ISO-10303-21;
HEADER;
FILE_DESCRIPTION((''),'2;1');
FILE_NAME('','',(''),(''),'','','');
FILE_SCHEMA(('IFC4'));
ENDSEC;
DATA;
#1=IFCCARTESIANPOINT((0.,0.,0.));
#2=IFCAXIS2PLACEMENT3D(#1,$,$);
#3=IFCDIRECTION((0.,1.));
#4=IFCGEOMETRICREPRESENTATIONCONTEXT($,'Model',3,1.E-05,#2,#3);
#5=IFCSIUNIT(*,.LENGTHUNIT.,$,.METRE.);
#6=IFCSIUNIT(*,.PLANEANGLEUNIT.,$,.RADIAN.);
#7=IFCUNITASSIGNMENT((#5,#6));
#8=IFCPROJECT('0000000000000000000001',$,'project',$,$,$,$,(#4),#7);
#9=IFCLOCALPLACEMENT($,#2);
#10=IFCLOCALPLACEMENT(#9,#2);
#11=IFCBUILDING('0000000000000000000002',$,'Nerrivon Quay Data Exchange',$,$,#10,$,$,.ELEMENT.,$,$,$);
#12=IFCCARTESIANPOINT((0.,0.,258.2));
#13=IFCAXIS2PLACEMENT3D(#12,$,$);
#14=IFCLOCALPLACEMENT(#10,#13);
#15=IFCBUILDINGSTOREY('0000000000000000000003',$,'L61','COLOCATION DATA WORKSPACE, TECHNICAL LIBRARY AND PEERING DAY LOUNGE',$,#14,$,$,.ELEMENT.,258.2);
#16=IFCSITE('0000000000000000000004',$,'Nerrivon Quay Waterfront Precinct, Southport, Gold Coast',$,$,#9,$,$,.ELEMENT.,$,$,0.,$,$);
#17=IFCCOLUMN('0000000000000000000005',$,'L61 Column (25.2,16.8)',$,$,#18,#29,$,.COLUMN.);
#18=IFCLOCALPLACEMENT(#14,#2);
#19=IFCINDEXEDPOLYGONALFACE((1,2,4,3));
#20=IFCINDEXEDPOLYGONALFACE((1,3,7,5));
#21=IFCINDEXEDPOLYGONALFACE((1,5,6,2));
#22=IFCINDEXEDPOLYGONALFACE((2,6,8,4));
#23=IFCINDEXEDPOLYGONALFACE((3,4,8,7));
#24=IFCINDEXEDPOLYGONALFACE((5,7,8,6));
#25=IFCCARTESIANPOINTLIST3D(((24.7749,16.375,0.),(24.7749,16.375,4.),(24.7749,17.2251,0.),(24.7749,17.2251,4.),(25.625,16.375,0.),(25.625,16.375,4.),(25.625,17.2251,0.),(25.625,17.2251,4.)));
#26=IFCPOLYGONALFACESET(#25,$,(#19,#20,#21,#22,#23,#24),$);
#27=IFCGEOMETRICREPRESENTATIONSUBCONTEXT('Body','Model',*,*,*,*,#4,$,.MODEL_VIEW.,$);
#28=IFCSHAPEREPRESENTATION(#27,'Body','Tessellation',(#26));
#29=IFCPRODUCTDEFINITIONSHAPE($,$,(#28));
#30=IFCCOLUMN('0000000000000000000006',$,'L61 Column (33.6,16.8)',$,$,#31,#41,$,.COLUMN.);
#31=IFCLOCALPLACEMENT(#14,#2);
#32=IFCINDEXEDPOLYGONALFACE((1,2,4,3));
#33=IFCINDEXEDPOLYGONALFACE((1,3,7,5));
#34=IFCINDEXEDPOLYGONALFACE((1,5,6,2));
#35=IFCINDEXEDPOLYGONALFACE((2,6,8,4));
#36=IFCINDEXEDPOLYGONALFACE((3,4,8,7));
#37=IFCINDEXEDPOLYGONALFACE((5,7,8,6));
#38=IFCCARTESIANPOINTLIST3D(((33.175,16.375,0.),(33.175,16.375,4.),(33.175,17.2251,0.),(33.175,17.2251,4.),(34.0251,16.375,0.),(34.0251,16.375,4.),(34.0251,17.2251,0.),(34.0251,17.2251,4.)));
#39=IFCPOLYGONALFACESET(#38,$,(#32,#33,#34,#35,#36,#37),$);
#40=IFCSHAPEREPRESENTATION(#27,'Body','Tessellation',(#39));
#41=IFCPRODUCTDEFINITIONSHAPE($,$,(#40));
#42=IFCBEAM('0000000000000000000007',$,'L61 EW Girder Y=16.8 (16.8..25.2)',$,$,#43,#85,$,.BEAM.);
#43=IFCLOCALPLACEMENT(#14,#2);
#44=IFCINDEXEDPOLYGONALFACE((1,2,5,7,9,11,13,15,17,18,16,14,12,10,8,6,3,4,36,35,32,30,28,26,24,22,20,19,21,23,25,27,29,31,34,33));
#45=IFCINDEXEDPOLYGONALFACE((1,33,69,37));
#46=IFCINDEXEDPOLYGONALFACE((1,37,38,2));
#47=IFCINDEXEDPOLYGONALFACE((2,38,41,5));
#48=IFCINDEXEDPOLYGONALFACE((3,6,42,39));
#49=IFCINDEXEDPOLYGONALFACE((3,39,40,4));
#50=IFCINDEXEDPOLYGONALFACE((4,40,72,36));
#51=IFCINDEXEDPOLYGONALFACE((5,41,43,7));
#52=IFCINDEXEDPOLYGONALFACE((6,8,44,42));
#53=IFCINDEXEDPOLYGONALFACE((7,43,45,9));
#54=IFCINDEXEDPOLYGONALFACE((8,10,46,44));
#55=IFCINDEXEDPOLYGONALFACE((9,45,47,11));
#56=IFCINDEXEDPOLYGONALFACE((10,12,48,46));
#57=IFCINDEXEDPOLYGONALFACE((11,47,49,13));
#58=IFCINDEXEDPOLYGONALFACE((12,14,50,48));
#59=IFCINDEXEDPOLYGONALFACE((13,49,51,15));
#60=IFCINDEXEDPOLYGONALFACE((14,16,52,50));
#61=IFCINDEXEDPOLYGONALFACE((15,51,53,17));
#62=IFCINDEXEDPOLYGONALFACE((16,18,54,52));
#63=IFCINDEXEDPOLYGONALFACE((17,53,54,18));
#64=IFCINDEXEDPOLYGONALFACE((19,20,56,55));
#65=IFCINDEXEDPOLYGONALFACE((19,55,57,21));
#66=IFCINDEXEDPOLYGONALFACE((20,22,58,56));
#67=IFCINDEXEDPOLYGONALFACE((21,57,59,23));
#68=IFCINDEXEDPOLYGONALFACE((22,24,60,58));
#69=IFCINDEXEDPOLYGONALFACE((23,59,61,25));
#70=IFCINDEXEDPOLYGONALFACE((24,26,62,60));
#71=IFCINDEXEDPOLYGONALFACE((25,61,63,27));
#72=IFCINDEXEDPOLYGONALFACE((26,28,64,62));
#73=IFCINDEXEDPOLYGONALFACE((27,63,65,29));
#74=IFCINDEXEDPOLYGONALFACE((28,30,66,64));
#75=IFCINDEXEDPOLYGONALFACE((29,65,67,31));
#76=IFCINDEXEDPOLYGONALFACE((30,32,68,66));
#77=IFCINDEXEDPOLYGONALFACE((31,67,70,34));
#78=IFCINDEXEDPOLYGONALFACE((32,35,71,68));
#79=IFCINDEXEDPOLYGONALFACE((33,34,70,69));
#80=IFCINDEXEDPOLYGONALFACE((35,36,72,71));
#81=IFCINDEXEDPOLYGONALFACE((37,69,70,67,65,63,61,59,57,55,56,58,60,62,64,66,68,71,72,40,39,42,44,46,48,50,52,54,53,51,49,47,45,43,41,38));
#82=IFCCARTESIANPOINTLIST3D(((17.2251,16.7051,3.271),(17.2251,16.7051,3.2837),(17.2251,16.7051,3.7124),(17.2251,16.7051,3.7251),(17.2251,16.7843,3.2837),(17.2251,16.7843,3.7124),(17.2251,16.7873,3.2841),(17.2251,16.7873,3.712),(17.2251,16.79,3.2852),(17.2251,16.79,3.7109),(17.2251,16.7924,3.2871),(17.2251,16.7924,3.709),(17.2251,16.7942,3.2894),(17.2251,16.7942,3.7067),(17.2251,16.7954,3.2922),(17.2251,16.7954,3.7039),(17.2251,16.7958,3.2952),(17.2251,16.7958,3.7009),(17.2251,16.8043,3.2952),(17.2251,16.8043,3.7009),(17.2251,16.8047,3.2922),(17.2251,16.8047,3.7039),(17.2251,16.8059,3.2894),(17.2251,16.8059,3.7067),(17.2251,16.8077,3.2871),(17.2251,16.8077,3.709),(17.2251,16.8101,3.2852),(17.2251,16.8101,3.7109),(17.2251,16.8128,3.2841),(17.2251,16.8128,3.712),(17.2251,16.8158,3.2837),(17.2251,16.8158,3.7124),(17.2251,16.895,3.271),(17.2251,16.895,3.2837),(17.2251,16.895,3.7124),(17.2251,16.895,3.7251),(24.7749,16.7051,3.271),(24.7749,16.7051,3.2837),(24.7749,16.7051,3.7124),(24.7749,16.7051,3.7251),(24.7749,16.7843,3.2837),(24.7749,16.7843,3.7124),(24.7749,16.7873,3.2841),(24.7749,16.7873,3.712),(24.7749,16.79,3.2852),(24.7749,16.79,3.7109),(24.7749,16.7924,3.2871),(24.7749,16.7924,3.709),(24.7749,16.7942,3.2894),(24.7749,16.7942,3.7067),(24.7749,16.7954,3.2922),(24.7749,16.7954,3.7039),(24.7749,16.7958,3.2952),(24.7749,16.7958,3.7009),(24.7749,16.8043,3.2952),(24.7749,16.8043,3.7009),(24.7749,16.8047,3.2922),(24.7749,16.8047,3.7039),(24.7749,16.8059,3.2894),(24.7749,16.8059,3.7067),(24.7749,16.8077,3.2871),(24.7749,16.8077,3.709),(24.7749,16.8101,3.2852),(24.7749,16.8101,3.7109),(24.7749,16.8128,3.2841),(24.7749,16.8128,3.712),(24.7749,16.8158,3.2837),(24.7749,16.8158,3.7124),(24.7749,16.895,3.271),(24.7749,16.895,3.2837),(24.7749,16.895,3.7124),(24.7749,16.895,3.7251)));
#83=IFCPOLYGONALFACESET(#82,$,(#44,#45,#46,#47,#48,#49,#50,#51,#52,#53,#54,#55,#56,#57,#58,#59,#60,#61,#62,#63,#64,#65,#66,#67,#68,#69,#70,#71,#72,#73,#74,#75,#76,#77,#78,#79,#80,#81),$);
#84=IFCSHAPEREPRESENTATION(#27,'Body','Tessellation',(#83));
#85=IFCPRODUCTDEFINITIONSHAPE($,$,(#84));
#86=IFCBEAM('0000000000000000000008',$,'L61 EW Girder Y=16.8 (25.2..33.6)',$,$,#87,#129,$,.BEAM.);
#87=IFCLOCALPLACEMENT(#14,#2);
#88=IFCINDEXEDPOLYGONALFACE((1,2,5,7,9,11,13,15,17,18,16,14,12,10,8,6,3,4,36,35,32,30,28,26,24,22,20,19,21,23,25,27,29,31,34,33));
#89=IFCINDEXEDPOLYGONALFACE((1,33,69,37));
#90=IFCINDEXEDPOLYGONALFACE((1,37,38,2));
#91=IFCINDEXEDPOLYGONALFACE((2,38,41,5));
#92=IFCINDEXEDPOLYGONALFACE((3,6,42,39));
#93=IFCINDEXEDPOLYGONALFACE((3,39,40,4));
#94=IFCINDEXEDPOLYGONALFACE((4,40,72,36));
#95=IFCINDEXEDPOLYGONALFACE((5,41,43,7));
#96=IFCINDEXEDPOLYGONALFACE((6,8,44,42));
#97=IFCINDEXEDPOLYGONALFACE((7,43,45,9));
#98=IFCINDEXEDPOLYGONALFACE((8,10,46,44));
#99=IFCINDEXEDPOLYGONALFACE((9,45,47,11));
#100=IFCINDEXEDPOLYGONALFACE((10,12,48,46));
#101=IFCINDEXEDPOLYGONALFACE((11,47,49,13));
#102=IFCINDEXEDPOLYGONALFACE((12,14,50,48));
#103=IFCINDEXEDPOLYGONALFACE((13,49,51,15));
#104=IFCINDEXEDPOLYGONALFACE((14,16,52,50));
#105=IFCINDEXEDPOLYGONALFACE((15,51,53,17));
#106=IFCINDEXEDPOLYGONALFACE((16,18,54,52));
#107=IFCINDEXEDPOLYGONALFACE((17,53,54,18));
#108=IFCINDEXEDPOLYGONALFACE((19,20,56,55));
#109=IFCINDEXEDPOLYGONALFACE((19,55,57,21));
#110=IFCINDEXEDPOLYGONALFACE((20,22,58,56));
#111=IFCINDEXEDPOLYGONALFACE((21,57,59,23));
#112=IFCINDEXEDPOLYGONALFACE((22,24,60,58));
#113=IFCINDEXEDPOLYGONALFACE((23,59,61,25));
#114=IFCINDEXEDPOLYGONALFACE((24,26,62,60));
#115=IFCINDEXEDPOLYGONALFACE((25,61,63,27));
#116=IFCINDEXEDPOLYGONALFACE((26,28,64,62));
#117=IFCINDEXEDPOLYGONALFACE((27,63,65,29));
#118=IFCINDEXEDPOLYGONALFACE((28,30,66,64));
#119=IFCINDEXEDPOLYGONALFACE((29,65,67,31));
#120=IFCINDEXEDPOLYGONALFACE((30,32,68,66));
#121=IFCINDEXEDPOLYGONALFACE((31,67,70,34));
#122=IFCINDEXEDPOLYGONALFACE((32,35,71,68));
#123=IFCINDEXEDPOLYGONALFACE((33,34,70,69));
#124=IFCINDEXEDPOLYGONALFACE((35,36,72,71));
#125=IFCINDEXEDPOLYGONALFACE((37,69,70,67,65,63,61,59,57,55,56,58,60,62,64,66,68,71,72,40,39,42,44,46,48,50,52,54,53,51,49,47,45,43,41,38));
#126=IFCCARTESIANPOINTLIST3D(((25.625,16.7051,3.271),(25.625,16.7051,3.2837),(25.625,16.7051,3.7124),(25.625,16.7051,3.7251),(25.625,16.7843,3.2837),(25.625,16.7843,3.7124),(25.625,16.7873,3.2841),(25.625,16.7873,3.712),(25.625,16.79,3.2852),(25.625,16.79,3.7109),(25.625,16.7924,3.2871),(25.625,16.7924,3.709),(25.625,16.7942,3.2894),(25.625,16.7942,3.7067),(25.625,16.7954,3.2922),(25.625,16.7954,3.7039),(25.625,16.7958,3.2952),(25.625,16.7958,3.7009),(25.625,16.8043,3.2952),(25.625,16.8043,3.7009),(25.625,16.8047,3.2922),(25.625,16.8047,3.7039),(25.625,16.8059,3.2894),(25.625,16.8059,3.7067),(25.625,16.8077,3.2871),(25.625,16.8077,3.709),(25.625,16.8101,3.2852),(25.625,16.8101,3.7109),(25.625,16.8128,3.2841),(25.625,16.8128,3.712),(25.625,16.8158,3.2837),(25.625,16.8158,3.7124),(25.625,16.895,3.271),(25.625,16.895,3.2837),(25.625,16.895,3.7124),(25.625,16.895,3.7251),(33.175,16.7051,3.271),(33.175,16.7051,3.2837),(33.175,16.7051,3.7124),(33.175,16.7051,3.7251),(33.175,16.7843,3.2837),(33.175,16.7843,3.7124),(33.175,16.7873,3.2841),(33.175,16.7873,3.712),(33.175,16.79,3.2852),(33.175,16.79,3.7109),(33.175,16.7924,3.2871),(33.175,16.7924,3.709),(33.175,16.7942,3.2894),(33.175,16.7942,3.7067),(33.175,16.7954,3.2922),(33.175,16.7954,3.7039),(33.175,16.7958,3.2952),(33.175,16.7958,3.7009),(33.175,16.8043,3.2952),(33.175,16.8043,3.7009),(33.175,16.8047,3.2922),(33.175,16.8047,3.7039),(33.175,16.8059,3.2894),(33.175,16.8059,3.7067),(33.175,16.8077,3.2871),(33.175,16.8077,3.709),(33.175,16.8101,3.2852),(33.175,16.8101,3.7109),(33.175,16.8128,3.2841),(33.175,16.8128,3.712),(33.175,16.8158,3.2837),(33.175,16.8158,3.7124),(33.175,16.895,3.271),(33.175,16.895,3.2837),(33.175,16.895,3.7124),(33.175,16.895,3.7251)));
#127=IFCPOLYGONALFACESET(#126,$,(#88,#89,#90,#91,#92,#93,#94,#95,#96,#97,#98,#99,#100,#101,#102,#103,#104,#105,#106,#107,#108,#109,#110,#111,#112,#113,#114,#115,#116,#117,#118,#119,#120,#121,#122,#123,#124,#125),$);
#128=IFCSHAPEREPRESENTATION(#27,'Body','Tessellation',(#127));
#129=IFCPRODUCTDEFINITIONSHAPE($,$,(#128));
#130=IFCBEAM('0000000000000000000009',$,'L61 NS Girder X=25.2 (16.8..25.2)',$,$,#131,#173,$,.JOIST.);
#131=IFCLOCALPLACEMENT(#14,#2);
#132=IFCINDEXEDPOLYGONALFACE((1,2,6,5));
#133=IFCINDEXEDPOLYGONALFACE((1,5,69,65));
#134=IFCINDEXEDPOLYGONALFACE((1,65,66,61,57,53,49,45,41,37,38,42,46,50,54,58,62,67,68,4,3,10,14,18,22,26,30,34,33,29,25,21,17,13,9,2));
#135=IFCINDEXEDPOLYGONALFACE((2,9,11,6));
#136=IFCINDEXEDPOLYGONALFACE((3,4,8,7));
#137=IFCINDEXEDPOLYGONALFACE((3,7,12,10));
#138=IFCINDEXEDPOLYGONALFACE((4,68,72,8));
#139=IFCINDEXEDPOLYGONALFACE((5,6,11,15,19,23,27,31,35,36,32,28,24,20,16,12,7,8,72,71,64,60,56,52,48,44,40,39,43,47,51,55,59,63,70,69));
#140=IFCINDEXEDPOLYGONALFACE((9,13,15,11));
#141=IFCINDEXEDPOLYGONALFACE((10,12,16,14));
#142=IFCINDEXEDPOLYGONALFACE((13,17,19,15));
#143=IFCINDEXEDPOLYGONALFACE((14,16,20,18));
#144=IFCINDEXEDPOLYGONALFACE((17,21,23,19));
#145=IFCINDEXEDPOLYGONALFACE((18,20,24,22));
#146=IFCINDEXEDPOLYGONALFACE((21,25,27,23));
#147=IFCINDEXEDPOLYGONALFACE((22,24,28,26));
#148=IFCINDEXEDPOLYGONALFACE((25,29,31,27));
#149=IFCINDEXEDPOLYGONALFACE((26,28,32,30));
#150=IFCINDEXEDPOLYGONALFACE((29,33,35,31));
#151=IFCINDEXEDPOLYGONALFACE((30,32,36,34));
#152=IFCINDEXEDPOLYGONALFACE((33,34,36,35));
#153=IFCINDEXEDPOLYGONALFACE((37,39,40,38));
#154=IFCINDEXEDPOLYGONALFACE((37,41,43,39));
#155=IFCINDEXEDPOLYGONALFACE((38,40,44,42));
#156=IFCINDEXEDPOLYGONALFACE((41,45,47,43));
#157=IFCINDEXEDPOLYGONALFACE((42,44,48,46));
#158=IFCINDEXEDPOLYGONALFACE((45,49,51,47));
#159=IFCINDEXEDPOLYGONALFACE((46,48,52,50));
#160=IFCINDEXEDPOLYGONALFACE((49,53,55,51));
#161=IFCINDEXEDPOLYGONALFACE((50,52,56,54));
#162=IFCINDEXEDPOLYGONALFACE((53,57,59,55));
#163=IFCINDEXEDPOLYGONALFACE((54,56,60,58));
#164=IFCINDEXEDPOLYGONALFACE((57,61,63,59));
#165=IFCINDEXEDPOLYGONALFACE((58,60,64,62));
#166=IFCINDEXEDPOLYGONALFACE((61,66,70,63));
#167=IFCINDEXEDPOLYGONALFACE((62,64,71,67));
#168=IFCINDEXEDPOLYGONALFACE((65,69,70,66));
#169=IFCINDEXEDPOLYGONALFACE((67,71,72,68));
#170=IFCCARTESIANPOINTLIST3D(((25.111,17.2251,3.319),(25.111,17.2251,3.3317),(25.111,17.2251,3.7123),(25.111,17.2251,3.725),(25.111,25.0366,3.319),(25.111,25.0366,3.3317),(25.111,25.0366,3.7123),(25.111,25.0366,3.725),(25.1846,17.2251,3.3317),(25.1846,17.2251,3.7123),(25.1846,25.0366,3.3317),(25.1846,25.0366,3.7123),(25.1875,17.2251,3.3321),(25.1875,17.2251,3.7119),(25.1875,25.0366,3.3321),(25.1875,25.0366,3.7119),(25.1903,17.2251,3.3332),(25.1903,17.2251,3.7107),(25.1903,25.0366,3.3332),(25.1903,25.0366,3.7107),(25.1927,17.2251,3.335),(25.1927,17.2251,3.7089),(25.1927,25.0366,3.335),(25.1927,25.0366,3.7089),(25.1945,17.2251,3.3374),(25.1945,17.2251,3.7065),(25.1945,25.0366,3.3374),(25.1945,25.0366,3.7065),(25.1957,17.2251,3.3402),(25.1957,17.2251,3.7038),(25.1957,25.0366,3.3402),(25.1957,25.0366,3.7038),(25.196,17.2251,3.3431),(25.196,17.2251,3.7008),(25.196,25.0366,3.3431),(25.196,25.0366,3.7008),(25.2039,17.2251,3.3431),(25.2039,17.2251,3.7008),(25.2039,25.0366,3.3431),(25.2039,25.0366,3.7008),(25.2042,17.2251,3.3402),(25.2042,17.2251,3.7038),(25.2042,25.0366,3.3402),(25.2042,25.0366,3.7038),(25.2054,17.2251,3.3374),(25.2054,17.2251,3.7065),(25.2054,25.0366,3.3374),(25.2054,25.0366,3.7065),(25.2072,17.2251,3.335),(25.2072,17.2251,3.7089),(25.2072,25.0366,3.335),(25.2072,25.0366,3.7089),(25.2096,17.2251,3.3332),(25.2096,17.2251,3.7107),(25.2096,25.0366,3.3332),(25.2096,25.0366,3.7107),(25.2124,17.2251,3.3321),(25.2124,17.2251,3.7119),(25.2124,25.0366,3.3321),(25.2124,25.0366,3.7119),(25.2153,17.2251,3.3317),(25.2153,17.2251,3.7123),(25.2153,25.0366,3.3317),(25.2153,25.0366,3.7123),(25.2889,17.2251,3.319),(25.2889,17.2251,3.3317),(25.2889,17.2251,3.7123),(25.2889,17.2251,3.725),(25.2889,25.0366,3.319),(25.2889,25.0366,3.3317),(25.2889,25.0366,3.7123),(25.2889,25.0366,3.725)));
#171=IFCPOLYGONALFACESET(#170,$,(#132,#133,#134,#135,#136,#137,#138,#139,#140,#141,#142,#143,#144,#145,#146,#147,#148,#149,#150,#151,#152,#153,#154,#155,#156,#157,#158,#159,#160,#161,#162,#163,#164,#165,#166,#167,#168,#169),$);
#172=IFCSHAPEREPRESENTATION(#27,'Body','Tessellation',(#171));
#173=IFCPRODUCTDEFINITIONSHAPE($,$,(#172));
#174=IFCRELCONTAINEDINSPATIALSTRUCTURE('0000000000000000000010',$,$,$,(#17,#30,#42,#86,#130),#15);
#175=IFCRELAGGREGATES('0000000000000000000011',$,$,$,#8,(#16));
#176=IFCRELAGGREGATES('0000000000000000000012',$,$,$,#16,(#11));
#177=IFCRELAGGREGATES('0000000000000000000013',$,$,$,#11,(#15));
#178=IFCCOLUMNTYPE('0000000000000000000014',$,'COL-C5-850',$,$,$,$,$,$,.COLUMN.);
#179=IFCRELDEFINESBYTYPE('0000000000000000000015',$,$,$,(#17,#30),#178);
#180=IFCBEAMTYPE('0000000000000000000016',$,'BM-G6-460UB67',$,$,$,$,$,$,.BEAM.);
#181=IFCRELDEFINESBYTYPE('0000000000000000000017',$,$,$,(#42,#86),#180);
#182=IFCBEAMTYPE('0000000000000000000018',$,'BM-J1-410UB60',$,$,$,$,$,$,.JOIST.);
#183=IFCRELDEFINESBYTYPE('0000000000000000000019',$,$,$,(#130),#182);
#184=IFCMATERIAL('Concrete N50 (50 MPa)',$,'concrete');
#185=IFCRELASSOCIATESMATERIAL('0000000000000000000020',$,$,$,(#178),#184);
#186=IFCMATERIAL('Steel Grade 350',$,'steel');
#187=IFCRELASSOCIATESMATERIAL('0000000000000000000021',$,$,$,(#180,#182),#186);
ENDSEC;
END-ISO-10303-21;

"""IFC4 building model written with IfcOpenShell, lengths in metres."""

from ifc_helpers import new_model, si_unit, direction, frame, origin, origin_2d, place, context, subcontext, project, spatial, rectangle, i_section, extrude, material, material_profile, profile_set, type_object, element, save


model = new_model("IFC4")

# Units and contexts
model_context = context("Model", 3, precision=1e-05, world=origin(), true_north=direction((0.0, 1.0)))
body_context = subcontext(model_context, "Body", "Model", "MODEL_VIEW")
ifc_project = project(units=[si_unit("LENGTHUNIT", "METRE"), si_unit("PLANEANGLEUNIT", "RADIAN")], contexts=[model_context])

# Site, building, storey
site_placement = place(None, origin())
site = spatial("IfcSite", under=ifc_project, at=site_placement, Name="Nerrivon Quay Waterfront Precinct, Southport, Gold Coast", CompositionType="ELEMENT", RefElevation=0.0)
building_placement = place(site_placement, origin())
building = spatial("IfcBuilding", under=site, at=building_placement, Name="Nerrivon Quay Data Exchange", CompositionType="ELEMENT")
storey_placement = place(building_placement, frame((0.0, 0.0, 258.2)))
storey = spatial("IfcBuildingStorey", under=building, at=storey_placement, Name="L61", Description="COLOCATION DATA WORKSPACE, TECHNICAL LIBRARY AND PEERING DAY LOUNGE", CompositionType="ELEMENT", Elevation=258.2)

# Columns
ifc_material_1 = material(Name="Concrete N50 (50 MPa)", Category="concrete")
ifc_material_profile_1 = material_profile(ifc_material_1, rectangle(XDim=0.8501, YDim=0.8501, at=origin_2d()), Name="RC-COL-850x850")
ifc_profile_set_1 = profile_set([ifc_material_profile_1], Name="Concrete N50 (50 MPa)")
column_type = type_object("IfcColumnType", Name="COL-C5-850", PredefinedType="COLUMN", material=ifc_profile_set_1)
for number, where, z_axis, x_axis, name in (
    (1, (25.2, 16.8, 0.0), (0.0, 0.0, 1.0), (1.0, 0.0, 0.0), "L61 Column (25.2,16.8)"),
    (2, (33.6001, 16.8, 0.0), (0.0, 0.0, 1.0), (1.0, 0.0, 0.0), "L61 Column (33.6,16.8)"),
):
    element("IfcColumn", number, at=place(storey_placement, frame(where, z_axis=z_axis, x_axis=x_axis)), inside=storey, type_object=column_type, Name=name, PredefinedType="COLUMN", context=body_context, shape_type="SweptSolid", body=[
        extrude(rectangle(XDim=0.8501, YDim=0.8501, at=origin_2d()), origin(), (0.0, 0.0, 1.0), 4.0),
    ])

# Beams
ifc_material_2 = material(Name="Steel Grade 350", Category="steel")
ifc_material_profile_2 = material_profile(ifc_material_2, i_section(OverallWidth=0.1899, OverallDepth=0.4541, WebThickness=0.0085, FlangeThickness=0.0127, FilletRadius=0.0115, at=origin_2d()), Name="460UB67.1")
ifc_profile_set_2 = profile_set([ifc_material_profile_2], Name="Steel Grade 350")
beam_type_1 = type_object("IfcBeamType", Name="BM-G6-460UB67", PredefinedType="BEAM", material=ifc_profile_set_2)
beam_1_placement = place(storey_placement, frame((17.2251, 16.8, 3.498), z_axis=(1.0, 0.0, 0.0), x_axis=(0.0, 1.0, 0.0)))
element("IfcBeam", 3, at=beam_1_placement, inside=storey, type_object=beam_type_1, Name="L61 EW Girder Y=16.8 (16.8..25.2)", PredefinedType="BEAM", context=body_context, shape_type="SweptSolid", body=[
    extrude(i_section(OverallWidth=0.1899, OverallDepth=0.4541, WebThickness=0.0085, FlangeThickness=0.0127, FilletRadius=0.0115, at=origin_2d()), origin(), (0.0, 0.0, 1.0), 7.5498),
])
beam_2_placement = place(storey_placement, frame((25.625, 16.8, 3.498), z_axis=(1.0, 0.0, 0.0), x_axis=(0.0, 1.0, 0.0)))
element("IfcBeam", 4, at=beam_2_placement, inside=storey, type_object=beam_type_1, Name="L61 EW Girder Y=16.8 (25.2..33.6)", PredefinedType="BEAM", context=body_context, shape_type="SweptSolid", body=[
    extrude(i_section(OverallWidth=0.1899, OverallDepth=0.4541, WebThickness=0.0085, FlangeThickness=0.0127, FilletRadius=0.0115, at=origin_2d()), origin(), (0.0, 0.0, 1.0), 7.55),
])
ifc_material_profile_3 = material_profile(ifc_material_2, i_section(OverallWidth=0.178, OverallDepth=0.406, WebThickness=0.0078, FlangeThickness=0.0127, FilletRadius=0.0115, at=origin_2d()), Name="410UB59.7")
ifc_profile_set_3 = profile_set([ifc_material_profile_3], Name="Steel Grade 350")
beam_type_2 = type_object("IfcBeamType", Name="BM-J1-410UB60", PredefinedType="JOIST", material=ifc_profile_set_3)
beam_3_placement = place(storey_placement, frame((25.2, 17.2251, 3.522), z_axis=(0.0, 1.0, 0.0), x_axis=(-1.0, 0.0, 0.0)))
element("IfcBeam", 5, at=beam_3_placement, inside=storey, type_object=beam_type_2, Name="L61 NS Girder X=25.2 (16.8..25.2)", PredefinedType="JOIST", context=body_context, shape_type="SweptSolid", body=[
    extrude(i_section(OverallWidth=0.178, OverallDepth=0.406, WebThickness=0.0078, FlangeThickness=0.0127, FilletRadius=0.0115, at=origin_2d()), origin(), (0.0, 0.0, 1.0), 7.8115),
])

save(model, "model.ifc")
